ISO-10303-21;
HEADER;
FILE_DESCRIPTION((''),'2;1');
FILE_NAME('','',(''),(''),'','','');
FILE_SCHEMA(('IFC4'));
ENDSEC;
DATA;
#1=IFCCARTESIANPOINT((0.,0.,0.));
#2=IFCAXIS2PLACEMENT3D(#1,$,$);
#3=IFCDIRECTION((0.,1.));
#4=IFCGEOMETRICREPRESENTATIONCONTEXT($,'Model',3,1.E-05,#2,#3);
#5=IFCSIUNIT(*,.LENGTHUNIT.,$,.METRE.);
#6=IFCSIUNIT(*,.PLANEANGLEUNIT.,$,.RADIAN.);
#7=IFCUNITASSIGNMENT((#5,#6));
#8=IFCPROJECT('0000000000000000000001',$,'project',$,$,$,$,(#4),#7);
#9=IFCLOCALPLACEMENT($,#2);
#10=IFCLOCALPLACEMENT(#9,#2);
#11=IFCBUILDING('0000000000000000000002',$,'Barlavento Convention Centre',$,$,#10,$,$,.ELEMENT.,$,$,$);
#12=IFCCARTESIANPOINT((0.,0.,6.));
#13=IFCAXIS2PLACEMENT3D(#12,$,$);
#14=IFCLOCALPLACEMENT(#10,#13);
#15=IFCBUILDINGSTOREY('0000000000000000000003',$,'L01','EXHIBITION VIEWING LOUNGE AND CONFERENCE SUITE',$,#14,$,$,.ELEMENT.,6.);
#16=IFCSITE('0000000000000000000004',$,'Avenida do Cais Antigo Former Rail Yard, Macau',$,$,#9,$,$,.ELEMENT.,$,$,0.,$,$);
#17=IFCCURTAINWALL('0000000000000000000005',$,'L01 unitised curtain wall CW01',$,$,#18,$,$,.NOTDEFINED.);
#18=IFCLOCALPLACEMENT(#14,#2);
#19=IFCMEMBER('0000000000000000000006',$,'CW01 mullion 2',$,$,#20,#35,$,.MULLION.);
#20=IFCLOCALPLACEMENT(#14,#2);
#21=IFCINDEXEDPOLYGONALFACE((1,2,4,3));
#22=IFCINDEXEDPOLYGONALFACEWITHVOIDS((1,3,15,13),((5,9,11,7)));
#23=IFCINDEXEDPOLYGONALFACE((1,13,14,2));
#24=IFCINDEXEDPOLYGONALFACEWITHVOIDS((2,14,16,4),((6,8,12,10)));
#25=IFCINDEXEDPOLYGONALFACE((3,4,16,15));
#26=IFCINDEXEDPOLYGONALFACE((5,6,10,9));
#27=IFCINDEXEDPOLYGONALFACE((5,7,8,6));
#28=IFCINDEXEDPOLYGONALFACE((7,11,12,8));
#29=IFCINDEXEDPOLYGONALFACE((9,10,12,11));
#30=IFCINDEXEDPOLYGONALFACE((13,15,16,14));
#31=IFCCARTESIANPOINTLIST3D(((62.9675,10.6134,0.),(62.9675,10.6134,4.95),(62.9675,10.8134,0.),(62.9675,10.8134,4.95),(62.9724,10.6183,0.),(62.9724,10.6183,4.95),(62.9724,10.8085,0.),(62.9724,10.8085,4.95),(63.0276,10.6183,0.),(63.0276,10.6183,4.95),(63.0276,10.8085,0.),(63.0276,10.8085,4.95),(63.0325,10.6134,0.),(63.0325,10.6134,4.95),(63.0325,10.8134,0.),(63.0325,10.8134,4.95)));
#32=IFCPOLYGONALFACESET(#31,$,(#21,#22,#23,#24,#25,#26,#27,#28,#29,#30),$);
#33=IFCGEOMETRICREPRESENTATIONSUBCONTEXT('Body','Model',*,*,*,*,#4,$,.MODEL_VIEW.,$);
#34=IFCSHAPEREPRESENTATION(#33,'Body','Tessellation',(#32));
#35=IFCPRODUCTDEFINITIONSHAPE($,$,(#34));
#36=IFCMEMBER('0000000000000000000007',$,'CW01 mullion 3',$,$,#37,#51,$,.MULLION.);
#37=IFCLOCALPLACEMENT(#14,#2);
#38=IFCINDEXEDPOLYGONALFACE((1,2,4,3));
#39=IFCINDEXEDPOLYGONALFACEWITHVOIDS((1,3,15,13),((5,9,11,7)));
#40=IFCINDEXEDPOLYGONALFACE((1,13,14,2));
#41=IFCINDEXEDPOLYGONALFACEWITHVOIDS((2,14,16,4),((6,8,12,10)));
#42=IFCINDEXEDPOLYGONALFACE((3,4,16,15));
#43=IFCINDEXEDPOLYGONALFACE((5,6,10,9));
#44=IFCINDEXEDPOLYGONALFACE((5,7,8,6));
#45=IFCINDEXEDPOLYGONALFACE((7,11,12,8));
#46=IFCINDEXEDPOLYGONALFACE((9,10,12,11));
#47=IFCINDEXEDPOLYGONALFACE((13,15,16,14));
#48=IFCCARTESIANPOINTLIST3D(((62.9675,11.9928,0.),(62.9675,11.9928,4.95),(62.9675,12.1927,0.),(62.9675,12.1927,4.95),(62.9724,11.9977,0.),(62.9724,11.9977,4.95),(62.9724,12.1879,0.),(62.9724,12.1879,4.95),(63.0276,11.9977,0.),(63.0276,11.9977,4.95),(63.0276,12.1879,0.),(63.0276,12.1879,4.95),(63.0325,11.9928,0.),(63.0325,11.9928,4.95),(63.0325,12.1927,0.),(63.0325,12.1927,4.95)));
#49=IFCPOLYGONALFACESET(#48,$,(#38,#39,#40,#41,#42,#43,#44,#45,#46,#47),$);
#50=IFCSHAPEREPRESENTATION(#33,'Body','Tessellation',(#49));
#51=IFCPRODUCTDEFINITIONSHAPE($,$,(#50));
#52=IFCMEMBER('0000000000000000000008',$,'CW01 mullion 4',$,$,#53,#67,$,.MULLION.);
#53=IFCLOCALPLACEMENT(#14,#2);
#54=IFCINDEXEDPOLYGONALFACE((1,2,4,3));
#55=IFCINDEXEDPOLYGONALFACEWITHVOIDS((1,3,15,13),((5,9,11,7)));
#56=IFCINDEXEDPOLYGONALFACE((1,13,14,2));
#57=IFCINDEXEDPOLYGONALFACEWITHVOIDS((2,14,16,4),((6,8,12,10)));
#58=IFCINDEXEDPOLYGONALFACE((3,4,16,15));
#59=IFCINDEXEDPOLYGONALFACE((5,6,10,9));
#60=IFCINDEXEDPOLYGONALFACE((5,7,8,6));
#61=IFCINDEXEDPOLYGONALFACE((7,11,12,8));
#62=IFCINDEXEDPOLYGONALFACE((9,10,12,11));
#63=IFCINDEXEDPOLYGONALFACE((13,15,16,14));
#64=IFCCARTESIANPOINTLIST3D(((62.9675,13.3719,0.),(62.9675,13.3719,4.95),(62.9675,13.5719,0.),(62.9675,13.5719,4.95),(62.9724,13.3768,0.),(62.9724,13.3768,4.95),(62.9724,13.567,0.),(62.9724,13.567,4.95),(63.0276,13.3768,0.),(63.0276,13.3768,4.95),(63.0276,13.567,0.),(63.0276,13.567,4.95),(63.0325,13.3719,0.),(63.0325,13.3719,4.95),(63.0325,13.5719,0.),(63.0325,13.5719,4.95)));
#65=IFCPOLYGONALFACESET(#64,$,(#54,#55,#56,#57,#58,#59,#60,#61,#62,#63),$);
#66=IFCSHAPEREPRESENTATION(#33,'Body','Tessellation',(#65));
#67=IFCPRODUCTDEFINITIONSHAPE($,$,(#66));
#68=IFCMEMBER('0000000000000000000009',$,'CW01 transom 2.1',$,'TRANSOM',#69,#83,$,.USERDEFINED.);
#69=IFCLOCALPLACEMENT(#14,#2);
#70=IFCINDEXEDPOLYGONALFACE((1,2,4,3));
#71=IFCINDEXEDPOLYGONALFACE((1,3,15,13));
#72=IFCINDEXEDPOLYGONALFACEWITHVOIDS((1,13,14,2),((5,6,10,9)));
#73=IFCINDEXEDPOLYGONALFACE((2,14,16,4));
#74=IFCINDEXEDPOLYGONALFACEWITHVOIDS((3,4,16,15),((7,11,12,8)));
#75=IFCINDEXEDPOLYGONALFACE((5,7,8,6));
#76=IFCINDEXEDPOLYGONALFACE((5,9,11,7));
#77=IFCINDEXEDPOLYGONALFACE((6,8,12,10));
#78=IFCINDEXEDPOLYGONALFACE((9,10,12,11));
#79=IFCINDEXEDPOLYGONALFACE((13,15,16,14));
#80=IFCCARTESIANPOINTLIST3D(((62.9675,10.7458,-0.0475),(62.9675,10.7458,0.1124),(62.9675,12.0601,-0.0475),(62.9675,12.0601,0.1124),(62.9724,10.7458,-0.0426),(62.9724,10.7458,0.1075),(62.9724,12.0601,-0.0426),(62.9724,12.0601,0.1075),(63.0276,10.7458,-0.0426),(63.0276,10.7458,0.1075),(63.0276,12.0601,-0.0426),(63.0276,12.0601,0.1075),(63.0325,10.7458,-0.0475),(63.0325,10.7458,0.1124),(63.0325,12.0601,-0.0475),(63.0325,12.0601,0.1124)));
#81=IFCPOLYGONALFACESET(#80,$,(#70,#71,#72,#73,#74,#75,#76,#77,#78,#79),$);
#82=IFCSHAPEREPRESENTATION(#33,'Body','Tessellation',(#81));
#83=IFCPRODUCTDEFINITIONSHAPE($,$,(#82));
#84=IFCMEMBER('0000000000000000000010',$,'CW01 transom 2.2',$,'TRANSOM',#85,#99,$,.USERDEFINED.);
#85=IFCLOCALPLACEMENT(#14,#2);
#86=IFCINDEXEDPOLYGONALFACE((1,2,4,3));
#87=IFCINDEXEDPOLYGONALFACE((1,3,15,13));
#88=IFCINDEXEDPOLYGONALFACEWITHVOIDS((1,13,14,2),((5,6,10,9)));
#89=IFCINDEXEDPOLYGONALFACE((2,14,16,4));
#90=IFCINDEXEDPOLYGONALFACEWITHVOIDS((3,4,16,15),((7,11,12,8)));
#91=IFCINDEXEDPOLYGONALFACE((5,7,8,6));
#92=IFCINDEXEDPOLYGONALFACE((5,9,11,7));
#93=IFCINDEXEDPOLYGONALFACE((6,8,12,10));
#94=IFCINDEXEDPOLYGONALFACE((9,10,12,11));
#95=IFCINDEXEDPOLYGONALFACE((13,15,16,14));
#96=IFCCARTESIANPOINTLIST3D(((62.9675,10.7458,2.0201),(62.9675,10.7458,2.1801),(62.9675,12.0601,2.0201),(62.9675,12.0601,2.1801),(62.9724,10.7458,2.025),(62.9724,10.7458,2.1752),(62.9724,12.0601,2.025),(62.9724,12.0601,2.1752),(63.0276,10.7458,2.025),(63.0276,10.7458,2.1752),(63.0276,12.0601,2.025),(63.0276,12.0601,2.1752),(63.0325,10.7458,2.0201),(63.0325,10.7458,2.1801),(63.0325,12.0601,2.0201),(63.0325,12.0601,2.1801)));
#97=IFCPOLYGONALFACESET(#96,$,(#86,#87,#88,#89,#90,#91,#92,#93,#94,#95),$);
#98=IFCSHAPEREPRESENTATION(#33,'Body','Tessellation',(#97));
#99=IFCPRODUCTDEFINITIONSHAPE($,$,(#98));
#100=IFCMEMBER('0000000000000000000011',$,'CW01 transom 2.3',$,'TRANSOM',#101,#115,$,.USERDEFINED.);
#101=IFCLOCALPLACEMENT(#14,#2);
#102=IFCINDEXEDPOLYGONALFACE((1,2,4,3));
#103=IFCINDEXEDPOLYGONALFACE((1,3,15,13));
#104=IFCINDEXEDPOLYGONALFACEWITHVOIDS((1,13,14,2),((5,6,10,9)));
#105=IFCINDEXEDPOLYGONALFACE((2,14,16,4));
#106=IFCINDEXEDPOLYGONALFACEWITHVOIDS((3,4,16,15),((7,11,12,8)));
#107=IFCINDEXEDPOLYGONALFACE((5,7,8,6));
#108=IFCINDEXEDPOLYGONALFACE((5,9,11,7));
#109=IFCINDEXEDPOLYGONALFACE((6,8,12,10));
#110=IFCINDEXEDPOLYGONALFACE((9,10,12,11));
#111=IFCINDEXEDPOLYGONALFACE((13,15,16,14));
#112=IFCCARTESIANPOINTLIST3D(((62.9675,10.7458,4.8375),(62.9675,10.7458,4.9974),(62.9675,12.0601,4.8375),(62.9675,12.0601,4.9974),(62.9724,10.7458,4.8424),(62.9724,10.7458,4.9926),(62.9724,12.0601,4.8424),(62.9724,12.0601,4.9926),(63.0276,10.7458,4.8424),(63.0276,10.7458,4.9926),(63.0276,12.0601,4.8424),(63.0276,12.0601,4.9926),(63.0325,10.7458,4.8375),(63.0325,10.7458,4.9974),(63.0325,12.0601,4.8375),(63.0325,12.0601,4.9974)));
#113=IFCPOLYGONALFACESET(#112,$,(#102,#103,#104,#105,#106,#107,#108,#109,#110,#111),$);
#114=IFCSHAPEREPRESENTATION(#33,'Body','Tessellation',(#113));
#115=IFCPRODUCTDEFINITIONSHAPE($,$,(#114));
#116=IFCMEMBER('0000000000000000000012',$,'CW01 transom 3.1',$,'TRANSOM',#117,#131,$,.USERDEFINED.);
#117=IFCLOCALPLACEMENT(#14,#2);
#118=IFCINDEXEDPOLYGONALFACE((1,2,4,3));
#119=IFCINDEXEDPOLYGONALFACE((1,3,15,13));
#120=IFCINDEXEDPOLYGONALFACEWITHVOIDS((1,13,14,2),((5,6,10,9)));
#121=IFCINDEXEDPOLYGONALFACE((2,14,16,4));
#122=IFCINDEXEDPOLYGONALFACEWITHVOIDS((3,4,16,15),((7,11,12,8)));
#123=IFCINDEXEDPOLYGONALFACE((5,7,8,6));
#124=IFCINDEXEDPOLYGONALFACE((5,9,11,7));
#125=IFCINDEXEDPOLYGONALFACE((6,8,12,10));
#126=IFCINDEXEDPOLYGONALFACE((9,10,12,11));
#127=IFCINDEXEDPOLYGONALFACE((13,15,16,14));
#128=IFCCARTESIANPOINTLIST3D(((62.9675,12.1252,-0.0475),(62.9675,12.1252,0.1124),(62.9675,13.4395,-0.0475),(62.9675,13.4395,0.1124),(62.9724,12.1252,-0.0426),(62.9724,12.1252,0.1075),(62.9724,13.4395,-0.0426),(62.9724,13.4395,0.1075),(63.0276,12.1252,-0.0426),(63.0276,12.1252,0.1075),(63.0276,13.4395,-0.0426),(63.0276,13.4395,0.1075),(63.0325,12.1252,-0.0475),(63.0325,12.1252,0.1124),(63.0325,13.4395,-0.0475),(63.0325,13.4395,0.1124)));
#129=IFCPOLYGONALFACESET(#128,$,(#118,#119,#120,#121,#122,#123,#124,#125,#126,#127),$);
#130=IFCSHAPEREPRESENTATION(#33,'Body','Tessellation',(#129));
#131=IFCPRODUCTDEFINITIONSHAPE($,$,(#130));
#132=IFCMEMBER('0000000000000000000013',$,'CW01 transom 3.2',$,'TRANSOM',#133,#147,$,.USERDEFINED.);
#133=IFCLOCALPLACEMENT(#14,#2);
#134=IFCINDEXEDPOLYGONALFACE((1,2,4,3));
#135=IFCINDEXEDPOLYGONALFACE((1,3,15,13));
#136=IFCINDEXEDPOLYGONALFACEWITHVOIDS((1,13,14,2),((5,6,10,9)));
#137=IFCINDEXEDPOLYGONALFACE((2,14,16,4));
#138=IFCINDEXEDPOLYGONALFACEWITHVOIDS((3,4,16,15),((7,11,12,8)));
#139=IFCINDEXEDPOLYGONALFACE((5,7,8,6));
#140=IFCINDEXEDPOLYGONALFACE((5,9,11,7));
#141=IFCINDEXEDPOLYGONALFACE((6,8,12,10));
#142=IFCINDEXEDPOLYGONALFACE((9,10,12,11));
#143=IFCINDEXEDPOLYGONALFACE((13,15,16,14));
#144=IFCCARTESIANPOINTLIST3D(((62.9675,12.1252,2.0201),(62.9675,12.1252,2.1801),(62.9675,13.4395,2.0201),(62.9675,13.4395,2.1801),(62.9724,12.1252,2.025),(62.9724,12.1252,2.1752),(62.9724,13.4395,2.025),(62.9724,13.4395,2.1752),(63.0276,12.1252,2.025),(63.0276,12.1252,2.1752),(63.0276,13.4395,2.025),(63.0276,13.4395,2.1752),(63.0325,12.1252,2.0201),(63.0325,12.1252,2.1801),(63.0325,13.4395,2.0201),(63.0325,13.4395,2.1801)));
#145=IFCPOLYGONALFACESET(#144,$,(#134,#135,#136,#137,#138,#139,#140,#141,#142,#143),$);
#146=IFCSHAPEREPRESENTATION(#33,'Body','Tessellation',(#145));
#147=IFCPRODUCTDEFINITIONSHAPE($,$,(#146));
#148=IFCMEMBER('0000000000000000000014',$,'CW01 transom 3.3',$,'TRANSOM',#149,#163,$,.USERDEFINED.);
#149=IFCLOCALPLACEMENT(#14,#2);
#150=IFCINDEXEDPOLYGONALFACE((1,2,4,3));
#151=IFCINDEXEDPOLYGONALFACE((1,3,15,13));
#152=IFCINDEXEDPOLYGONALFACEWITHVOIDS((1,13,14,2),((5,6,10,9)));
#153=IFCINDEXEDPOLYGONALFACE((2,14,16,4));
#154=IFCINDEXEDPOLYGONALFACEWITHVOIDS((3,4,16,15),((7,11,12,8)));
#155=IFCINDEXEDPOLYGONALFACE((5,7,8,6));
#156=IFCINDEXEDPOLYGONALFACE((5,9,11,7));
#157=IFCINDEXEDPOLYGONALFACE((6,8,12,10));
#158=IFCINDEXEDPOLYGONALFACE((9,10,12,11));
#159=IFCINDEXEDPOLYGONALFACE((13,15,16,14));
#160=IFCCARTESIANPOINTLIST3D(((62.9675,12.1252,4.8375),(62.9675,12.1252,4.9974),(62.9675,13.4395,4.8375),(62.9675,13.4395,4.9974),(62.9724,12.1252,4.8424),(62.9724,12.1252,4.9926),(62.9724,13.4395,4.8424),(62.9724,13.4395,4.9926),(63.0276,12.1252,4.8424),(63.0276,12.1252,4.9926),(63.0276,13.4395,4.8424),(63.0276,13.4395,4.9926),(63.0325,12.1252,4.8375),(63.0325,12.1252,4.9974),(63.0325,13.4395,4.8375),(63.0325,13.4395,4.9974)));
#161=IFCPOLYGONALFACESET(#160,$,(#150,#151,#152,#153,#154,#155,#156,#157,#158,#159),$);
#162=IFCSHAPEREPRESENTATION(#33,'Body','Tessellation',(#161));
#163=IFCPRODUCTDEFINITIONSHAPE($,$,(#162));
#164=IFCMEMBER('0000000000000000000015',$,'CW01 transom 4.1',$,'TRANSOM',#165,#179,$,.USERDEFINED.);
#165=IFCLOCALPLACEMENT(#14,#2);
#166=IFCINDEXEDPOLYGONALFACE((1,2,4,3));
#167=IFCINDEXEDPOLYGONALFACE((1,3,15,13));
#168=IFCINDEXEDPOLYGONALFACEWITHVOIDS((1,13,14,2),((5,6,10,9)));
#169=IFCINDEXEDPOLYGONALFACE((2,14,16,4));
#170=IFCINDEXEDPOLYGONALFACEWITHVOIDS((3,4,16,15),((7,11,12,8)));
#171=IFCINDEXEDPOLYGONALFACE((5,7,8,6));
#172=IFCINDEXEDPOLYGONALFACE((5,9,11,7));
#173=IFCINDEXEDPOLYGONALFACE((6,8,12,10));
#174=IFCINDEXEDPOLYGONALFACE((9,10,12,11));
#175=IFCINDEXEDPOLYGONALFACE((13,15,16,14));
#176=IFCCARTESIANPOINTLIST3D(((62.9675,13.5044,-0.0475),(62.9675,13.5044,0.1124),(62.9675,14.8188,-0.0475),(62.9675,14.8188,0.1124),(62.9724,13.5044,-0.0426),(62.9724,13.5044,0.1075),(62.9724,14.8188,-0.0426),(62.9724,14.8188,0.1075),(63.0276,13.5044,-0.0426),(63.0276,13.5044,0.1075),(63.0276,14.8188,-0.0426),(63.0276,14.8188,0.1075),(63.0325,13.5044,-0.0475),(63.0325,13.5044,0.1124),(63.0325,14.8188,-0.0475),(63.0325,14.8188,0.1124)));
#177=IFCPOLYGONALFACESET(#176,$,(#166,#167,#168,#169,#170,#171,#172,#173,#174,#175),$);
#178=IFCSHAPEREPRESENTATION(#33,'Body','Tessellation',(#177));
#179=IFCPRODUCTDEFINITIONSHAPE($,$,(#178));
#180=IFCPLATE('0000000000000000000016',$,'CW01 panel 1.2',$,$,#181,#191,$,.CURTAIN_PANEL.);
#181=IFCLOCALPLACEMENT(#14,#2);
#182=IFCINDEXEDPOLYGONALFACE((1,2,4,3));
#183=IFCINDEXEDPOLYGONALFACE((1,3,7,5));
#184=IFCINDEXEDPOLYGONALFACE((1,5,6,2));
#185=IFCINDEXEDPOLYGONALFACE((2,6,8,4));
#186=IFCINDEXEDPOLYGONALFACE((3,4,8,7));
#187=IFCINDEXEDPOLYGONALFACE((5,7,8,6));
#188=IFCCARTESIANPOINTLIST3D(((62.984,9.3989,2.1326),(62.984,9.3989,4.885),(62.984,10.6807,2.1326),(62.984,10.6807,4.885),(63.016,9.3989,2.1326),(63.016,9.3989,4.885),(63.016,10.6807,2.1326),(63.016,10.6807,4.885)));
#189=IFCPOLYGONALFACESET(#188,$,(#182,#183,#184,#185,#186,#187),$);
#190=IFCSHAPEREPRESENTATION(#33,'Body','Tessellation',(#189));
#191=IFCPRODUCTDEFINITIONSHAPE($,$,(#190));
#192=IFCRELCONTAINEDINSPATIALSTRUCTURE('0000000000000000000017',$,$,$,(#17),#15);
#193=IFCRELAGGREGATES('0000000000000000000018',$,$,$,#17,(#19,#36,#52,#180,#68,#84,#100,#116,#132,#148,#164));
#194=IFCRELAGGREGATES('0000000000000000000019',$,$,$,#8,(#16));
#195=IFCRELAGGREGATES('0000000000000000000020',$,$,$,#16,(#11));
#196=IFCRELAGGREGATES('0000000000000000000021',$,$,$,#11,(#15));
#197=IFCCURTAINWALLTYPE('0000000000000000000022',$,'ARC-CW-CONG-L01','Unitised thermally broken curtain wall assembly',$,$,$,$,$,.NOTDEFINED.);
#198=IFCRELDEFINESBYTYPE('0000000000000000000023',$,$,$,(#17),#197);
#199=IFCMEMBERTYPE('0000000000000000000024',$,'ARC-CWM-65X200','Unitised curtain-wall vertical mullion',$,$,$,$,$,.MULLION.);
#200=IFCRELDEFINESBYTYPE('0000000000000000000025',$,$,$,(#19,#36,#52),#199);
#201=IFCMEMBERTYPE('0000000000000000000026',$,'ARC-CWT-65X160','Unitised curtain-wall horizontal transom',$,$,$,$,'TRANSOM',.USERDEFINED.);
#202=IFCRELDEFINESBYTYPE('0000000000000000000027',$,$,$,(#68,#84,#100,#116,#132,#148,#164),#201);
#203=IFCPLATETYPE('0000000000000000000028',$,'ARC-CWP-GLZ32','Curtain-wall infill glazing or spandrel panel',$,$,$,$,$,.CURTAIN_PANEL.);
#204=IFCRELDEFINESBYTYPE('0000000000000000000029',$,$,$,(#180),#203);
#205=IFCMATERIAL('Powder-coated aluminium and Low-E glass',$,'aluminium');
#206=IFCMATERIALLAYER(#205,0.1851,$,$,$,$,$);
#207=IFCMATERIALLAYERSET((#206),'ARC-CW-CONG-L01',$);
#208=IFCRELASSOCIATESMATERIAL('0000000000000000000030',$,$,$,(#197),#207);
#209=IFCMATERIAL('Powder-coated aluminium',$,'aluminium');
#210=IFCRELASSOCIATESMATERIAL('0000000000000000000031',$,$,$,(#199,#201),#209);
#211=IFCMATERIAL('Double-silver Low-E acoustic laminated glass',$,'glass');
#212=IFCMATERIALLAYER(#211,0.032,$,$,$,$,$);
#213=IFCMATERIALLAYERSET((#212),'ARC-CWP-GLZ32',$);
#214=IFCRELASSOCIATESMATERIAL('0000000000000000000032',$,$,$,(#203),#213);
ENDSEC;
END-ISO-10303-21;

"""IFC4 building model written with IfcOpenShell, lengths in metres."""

from ifc_helpers import new_model, si_unit, direction, frame, origin, origin_2d, place, context, subcontext, project, spatial, rectangle, hollow_rectangle, extrude, material, layer, layer_set, material_profile, profile_set, type_object, element, aggregate, save


model = new_model("IFC4")

# Units and contexts
model_context = context("Model", 3, precision=1e-05, world=origin(), true_north=direction((0.0, 1.0)))
body_context = subcontext(model_context, "Body", "Model", "MODEL_VIEW")
ifc_project = project(units=[si_unit("LENGTHUNIT", "METRE"), si_unit("PLANEANGLEUNIT", "RADIAN")], contexts=[model_context])

# Site, building, storey
site_placement = place(None, origin())
site = spatial("IfcSite", under=ifc_project, at=site_placement, Name="Avenida do Cais Antigo Former Rail Yard, Macau", CompositionType="ELEMENT", RefElevation=0.0)
building_placement = place(site_placement, origin())
building = spatial("IfcBuilding", under=site, at=building_placement, Name="Barlavento Convention Centre", CompositionType="ELEMENT")
storey_placement = place(building_placement, frame((0.0, 0.0, 6.0)))
storey = spatial("IfcBuildingStorey", under=building, at=storey_placement, Name="L01", Description="EXHIBITION VIEWING LOUNGE AND CONFERENCE SUITE", CompositionType="ELEMENT", Elevation=6.0)

# Curtain wall, members, plate
ifc_material_1 = material(Name="Powder-coated aluminium and Low-E glass", Category="aluminium")
ifc_layer_1 = layer(ifc_material_1, 0.1851)
ifc_layer_set_1 = layer_set([ifc_layer_1], Name="ARC-CW-CONG-L01")
curtain_wall_type = type_object("IfcCurtainWallType", Name="ARC-CW-CONG-L01", Description="Unitised thermally broken curtain wall assembly", PredefinedType="NOTDEFINED", material=ifc_layer_set_1)
curtain_wall_placement = place(storey_placement, origin())
curtain_wall = element("IfcCurtainWall", 1, at=curtain_wall_placement, inside=storey, type_object=curtain_wall_type, Name="L01 unitised curtain wall CW01", PredefinedType="NOTDEFINED")
ifc_material_2 = material(Name="Powder-coated aluminium", Category="aluminium")
ifc_material_profile_1 = material_profile(ifc_material_2, hollow_rectangle(XDim=0.0649, YDim=0.2, WallThickness=0.0049, at=origin_2d()), Name="AL-MULL 65x200x5")
ifc_profile_set_1 = profile_set([ifc_material_profile_1], Name="Powder-coated aluminium")
member_type_1 = type_object("IfcMemberType", Name="ARC-CWM-65X200", Description="Unitised curtain-wall vertical mullion", PredefinedType="MULLION", material=ifc_profile_set_1)
member_1_placement = place(storey_placement, frame((63.0, 10.7134, 0.0), z_axis=(0.0, 0.0, 1.0), x_axis=(-1.0, 0.0, 0.0)))
member_1 = element("IfcMember", 2, at=member_1_placement, type_object=member_type_1, Name="CW01 mullion 2", PredefinedType="MULLION", context=body_context, shape_type="SweptSolid", body=[
    extrude(hollow_rectangle(XDim=0.0649, YDim=0.2, WallThickness=0.0049, at=origin_2d()), origin(), (0.0, 0.0, 1.0), 4.95),
])
member_2_placement = place(storey_placement, frame((63.0, 12.0928, 0.0), z_axis=(0.0, 0.0, 1.0), x_axis=(-1.0, 0.0, 0.0)))
member_2 = element("IfcMember", 3, at=member_2_placement, type_object=member_type_1, Name="CW01 mullion 3", PredefinedType="MULLION", context=body_context, shape_type="SweptSolid", body=[
    extrude(hollow_rectangle(XDim=0.0649, YDim=0.2, WallThickness=0.0049, at=origin_2d()), origin(), (0.0, 0.0, 1.0), 4.95),
])
member_3_placement = place(storey_placement, frame((63.0, 13.4719, 0.0), z_axis=(0.0, 0.0, 1.0), x_axis=(-1.0, 0.0, 0.0)))
member_3 = element("IfcMember", 4, at=member_3_placement, type_object=member_type_1, Name="CW01 mullion 4", PredefinedType="MULLION", context=body_context, shape_type="SweptSolid", body=[
    extrude(hollow_rectangle(XDim=0.0649, YDim=0.2, WallThickness=0.0049, at=origin_2d()), origin(), (0.0, 0.0, 1.0), 4.95),
])
ifc_material_profile_2 = material_profile(ifc_material_2, hollow_rectangle(XDim=0.0649, YDim=0.1599, WallThickness=0.0049, at=origin_2d()), Name="AL-TRAN 65x160x5")
ifc_profile_set_2 = profile_set([ifc_material_profile_2], Name="Powder-coated aluminium")
member_type_2 = type_object("IfcMemberType", Name="ARC-CWT-65X160", Description="Unitised curtain-wall horizontal transom", ElementType="TRANSOM", PredefinedType="USERDEFINED", material=ifc_profile_set_2)
member_4_placement = place(storey_placement, frame((63.0, 10.7458, 0.0325), z_axis=(0.0, 1.0, 0.0), x_axis=(-1.0, 0.0, 0.0)))
member_4 = element("IfcMember", 5, at=member_4_placement, type_object=member_type_2, Name="CW01 transom 2.1", ObjectType="TRANSOM", PredefinedType="USERDEFINED", context=body_context, shape_type="SweptSolid", body=[
    extrude(hollow_rectangle(XDim=0.0649, YDim=0.1599, WallThickness=0.0049, at=origin_2d()), origin(), (0.0, 0.0, 1.0), 1.3142),
])
member_5_placement = place(storey_placement, frame((63.0, 10.7458, 2.1001), z_axis=(0.0, 1.0, 0.0), x_axis=(-1.0, 0.0, 0.0)))
member_5 = element("IfcMember", 6, at=member_5_placement, type_object=member_type_2, Name="CW01 transom 2.2", ObjectType="TRANSOM", PredefinedType="USERDEFINED", context=body_context, shape_type="SweptSolid", body=[
    extrude(hollow_rectangle(XDim=0.0649, YDim=0.1599, WallThickness=0.0049, at=origin_2d()), origin(), (0.0, 0.0, 1.0), 1.3142),
])
member_6_placement = place(storey_placement, frame((63.0, 10.7458, 4.9175), z_axis=(0.0, 1.0, 0.0), x_axis=(-1.0, 0.0, 0.0)))
member_6 = element("IfcMember", 7, at=member_6_placement, type_object=member_type_2, Name="CW01 transom 2.3", ObjectType="TRANSOM", PredefinedType="USERDEFINED", context=body_context, shape_type="SweptSolid", body=[
    extrude(hollow_rectangle(XDim=0.0649, YDim=0.1599, WallThickness=0.0049, at=origin_2d()), origin(), (0.0, 0.0, 1.0), 1.3142),
])
member_7_placement = place(storey_placement, frame((63.0, 12.1252, 0.0325), z_axis=(0.0, 1.0, 0.0), x_axis=(-1.0, 0.0, 0.0)))
member_7 = element("IfcMember", 8, at=member_7_placement, type_object=member_type_2, Name="CW01 transom 3.1", ObjectType="TRANSOM", PredefinedType="USERDEFINED", context=body_context, shape_type="SweptSolid", body=[
    extrude(hollow_rectangle(XDim=0.0649, YDim=0.1599, WallThickness=0.0049, at=origin_2d()), origin(), (0.0, 0.0, 1.0), 1.3142),
])
member_8_placement = place(storey_placement, frame((63.0, 12.1252, 2.1001), z_axis=(0.0, 1.0, 0.0), x_axis=(-1.0, 0.0, 0.0)))
member_8 = element("IfcMember", 9, at=member_8_placement, type_object=member_type_2, Name="CW01 transom 3.2", ObjectType="TRANSOM", PredefinedType="USERDEFINED", context=body_context, shape_type="SweptSolid", body=[
    extrude(hollow_rectangle(XDim=0.0649, YDim=0.1599, WallThickness=0.0049, at=origin_2d()), origin(), (0.0, 0.0, 1.0), 1.3142),
])
member_9_placement = place(storey_placement, frame((63.0, 12.1252, 4.9175), z_axis=(0.0, 1.0, 0.0), x_axis=(-1.0, 0.0, 0.0)))
member_9 = element("IfcMember", 10, at=member_9_placement, type_object=member_type_2, Name="CW01 transom 3.3", ObjectType="TRANSOM", PredefinedType="USERDEFINED", context=body_context, shape_type="SweptSolid", body=[
    extrude(hollow_rectangle(XDim=0.0649, YDim=0.1599, WallThickness=0.0049, at=origin_2d()), origin(), (0.0, 0.0, 1.0), 1.3142),
])
member_10_placement = place(storey_placement, frame((63.0, 13.5044, 0.0325), z_axis=(0.0, 1.0, 0.0), x_axis=(-1.0, 0.0, 0.0)))
member_10 = element("IfcMember", 11, at=member_10_placement, type_object=member_type_2, Name="CW01 transom 4.1", ObjectType="TRANSOM", PredefinedType="USERDEFINED", context=body_context, shape_type="SweptSolid", body=[
    extrude(hollow_rectangle(XDim=0.0649, YDim=0.1599, WallThickness=0.0049, at=origin_2d()), origin(), (0.0, 0.0, 1.0), 1.3145),
])
ifc_material_3 = material(Name="Double-silver Low-E acoustic laminated glass", Category="glass")
ifc_layer_2 = layer(ifc_material_3, 0.032)
ifc_layer_set_2 = layer_set([ifc_layer_2], Name="ARC-CWP-GLZ32")
plate_type = type_object("IfcPlateType", Name="ARC-CWP-GLZ32", Description="Curtain-wall infill glazing or spandrel panel", PredefinedType="CURTAIN_PANEL", material=ifc_layer_set_2)
plate_1_placement = place(storey_placement, frame((63.0, 10.0398, 2.1326), z_axis=(0.0, 0.0, 1.0), x_axis=(0.0, 1.0, 0.0)))
plate_1 = element("IfcPlate", 12, at=plate_1_placement, type_object=plate_type, Name="CW01 panel 1.2", PredefinedType="CURTAIN_PANEL", context=body_context, shape_type="SweptSolid", body=[
    extrude(rectangle(XDim=1.2817, YDim=0.032, at=origin_2d()), origin(), (0.0, 0.0, 1.0), 2.7524),
])
aggregate(curtain_wall, [member_1, member_2, member_3, plate_1, member_4, member_5, member_6, member_7, member_8, member_9, member_10])

save(model, "model.ifc")
